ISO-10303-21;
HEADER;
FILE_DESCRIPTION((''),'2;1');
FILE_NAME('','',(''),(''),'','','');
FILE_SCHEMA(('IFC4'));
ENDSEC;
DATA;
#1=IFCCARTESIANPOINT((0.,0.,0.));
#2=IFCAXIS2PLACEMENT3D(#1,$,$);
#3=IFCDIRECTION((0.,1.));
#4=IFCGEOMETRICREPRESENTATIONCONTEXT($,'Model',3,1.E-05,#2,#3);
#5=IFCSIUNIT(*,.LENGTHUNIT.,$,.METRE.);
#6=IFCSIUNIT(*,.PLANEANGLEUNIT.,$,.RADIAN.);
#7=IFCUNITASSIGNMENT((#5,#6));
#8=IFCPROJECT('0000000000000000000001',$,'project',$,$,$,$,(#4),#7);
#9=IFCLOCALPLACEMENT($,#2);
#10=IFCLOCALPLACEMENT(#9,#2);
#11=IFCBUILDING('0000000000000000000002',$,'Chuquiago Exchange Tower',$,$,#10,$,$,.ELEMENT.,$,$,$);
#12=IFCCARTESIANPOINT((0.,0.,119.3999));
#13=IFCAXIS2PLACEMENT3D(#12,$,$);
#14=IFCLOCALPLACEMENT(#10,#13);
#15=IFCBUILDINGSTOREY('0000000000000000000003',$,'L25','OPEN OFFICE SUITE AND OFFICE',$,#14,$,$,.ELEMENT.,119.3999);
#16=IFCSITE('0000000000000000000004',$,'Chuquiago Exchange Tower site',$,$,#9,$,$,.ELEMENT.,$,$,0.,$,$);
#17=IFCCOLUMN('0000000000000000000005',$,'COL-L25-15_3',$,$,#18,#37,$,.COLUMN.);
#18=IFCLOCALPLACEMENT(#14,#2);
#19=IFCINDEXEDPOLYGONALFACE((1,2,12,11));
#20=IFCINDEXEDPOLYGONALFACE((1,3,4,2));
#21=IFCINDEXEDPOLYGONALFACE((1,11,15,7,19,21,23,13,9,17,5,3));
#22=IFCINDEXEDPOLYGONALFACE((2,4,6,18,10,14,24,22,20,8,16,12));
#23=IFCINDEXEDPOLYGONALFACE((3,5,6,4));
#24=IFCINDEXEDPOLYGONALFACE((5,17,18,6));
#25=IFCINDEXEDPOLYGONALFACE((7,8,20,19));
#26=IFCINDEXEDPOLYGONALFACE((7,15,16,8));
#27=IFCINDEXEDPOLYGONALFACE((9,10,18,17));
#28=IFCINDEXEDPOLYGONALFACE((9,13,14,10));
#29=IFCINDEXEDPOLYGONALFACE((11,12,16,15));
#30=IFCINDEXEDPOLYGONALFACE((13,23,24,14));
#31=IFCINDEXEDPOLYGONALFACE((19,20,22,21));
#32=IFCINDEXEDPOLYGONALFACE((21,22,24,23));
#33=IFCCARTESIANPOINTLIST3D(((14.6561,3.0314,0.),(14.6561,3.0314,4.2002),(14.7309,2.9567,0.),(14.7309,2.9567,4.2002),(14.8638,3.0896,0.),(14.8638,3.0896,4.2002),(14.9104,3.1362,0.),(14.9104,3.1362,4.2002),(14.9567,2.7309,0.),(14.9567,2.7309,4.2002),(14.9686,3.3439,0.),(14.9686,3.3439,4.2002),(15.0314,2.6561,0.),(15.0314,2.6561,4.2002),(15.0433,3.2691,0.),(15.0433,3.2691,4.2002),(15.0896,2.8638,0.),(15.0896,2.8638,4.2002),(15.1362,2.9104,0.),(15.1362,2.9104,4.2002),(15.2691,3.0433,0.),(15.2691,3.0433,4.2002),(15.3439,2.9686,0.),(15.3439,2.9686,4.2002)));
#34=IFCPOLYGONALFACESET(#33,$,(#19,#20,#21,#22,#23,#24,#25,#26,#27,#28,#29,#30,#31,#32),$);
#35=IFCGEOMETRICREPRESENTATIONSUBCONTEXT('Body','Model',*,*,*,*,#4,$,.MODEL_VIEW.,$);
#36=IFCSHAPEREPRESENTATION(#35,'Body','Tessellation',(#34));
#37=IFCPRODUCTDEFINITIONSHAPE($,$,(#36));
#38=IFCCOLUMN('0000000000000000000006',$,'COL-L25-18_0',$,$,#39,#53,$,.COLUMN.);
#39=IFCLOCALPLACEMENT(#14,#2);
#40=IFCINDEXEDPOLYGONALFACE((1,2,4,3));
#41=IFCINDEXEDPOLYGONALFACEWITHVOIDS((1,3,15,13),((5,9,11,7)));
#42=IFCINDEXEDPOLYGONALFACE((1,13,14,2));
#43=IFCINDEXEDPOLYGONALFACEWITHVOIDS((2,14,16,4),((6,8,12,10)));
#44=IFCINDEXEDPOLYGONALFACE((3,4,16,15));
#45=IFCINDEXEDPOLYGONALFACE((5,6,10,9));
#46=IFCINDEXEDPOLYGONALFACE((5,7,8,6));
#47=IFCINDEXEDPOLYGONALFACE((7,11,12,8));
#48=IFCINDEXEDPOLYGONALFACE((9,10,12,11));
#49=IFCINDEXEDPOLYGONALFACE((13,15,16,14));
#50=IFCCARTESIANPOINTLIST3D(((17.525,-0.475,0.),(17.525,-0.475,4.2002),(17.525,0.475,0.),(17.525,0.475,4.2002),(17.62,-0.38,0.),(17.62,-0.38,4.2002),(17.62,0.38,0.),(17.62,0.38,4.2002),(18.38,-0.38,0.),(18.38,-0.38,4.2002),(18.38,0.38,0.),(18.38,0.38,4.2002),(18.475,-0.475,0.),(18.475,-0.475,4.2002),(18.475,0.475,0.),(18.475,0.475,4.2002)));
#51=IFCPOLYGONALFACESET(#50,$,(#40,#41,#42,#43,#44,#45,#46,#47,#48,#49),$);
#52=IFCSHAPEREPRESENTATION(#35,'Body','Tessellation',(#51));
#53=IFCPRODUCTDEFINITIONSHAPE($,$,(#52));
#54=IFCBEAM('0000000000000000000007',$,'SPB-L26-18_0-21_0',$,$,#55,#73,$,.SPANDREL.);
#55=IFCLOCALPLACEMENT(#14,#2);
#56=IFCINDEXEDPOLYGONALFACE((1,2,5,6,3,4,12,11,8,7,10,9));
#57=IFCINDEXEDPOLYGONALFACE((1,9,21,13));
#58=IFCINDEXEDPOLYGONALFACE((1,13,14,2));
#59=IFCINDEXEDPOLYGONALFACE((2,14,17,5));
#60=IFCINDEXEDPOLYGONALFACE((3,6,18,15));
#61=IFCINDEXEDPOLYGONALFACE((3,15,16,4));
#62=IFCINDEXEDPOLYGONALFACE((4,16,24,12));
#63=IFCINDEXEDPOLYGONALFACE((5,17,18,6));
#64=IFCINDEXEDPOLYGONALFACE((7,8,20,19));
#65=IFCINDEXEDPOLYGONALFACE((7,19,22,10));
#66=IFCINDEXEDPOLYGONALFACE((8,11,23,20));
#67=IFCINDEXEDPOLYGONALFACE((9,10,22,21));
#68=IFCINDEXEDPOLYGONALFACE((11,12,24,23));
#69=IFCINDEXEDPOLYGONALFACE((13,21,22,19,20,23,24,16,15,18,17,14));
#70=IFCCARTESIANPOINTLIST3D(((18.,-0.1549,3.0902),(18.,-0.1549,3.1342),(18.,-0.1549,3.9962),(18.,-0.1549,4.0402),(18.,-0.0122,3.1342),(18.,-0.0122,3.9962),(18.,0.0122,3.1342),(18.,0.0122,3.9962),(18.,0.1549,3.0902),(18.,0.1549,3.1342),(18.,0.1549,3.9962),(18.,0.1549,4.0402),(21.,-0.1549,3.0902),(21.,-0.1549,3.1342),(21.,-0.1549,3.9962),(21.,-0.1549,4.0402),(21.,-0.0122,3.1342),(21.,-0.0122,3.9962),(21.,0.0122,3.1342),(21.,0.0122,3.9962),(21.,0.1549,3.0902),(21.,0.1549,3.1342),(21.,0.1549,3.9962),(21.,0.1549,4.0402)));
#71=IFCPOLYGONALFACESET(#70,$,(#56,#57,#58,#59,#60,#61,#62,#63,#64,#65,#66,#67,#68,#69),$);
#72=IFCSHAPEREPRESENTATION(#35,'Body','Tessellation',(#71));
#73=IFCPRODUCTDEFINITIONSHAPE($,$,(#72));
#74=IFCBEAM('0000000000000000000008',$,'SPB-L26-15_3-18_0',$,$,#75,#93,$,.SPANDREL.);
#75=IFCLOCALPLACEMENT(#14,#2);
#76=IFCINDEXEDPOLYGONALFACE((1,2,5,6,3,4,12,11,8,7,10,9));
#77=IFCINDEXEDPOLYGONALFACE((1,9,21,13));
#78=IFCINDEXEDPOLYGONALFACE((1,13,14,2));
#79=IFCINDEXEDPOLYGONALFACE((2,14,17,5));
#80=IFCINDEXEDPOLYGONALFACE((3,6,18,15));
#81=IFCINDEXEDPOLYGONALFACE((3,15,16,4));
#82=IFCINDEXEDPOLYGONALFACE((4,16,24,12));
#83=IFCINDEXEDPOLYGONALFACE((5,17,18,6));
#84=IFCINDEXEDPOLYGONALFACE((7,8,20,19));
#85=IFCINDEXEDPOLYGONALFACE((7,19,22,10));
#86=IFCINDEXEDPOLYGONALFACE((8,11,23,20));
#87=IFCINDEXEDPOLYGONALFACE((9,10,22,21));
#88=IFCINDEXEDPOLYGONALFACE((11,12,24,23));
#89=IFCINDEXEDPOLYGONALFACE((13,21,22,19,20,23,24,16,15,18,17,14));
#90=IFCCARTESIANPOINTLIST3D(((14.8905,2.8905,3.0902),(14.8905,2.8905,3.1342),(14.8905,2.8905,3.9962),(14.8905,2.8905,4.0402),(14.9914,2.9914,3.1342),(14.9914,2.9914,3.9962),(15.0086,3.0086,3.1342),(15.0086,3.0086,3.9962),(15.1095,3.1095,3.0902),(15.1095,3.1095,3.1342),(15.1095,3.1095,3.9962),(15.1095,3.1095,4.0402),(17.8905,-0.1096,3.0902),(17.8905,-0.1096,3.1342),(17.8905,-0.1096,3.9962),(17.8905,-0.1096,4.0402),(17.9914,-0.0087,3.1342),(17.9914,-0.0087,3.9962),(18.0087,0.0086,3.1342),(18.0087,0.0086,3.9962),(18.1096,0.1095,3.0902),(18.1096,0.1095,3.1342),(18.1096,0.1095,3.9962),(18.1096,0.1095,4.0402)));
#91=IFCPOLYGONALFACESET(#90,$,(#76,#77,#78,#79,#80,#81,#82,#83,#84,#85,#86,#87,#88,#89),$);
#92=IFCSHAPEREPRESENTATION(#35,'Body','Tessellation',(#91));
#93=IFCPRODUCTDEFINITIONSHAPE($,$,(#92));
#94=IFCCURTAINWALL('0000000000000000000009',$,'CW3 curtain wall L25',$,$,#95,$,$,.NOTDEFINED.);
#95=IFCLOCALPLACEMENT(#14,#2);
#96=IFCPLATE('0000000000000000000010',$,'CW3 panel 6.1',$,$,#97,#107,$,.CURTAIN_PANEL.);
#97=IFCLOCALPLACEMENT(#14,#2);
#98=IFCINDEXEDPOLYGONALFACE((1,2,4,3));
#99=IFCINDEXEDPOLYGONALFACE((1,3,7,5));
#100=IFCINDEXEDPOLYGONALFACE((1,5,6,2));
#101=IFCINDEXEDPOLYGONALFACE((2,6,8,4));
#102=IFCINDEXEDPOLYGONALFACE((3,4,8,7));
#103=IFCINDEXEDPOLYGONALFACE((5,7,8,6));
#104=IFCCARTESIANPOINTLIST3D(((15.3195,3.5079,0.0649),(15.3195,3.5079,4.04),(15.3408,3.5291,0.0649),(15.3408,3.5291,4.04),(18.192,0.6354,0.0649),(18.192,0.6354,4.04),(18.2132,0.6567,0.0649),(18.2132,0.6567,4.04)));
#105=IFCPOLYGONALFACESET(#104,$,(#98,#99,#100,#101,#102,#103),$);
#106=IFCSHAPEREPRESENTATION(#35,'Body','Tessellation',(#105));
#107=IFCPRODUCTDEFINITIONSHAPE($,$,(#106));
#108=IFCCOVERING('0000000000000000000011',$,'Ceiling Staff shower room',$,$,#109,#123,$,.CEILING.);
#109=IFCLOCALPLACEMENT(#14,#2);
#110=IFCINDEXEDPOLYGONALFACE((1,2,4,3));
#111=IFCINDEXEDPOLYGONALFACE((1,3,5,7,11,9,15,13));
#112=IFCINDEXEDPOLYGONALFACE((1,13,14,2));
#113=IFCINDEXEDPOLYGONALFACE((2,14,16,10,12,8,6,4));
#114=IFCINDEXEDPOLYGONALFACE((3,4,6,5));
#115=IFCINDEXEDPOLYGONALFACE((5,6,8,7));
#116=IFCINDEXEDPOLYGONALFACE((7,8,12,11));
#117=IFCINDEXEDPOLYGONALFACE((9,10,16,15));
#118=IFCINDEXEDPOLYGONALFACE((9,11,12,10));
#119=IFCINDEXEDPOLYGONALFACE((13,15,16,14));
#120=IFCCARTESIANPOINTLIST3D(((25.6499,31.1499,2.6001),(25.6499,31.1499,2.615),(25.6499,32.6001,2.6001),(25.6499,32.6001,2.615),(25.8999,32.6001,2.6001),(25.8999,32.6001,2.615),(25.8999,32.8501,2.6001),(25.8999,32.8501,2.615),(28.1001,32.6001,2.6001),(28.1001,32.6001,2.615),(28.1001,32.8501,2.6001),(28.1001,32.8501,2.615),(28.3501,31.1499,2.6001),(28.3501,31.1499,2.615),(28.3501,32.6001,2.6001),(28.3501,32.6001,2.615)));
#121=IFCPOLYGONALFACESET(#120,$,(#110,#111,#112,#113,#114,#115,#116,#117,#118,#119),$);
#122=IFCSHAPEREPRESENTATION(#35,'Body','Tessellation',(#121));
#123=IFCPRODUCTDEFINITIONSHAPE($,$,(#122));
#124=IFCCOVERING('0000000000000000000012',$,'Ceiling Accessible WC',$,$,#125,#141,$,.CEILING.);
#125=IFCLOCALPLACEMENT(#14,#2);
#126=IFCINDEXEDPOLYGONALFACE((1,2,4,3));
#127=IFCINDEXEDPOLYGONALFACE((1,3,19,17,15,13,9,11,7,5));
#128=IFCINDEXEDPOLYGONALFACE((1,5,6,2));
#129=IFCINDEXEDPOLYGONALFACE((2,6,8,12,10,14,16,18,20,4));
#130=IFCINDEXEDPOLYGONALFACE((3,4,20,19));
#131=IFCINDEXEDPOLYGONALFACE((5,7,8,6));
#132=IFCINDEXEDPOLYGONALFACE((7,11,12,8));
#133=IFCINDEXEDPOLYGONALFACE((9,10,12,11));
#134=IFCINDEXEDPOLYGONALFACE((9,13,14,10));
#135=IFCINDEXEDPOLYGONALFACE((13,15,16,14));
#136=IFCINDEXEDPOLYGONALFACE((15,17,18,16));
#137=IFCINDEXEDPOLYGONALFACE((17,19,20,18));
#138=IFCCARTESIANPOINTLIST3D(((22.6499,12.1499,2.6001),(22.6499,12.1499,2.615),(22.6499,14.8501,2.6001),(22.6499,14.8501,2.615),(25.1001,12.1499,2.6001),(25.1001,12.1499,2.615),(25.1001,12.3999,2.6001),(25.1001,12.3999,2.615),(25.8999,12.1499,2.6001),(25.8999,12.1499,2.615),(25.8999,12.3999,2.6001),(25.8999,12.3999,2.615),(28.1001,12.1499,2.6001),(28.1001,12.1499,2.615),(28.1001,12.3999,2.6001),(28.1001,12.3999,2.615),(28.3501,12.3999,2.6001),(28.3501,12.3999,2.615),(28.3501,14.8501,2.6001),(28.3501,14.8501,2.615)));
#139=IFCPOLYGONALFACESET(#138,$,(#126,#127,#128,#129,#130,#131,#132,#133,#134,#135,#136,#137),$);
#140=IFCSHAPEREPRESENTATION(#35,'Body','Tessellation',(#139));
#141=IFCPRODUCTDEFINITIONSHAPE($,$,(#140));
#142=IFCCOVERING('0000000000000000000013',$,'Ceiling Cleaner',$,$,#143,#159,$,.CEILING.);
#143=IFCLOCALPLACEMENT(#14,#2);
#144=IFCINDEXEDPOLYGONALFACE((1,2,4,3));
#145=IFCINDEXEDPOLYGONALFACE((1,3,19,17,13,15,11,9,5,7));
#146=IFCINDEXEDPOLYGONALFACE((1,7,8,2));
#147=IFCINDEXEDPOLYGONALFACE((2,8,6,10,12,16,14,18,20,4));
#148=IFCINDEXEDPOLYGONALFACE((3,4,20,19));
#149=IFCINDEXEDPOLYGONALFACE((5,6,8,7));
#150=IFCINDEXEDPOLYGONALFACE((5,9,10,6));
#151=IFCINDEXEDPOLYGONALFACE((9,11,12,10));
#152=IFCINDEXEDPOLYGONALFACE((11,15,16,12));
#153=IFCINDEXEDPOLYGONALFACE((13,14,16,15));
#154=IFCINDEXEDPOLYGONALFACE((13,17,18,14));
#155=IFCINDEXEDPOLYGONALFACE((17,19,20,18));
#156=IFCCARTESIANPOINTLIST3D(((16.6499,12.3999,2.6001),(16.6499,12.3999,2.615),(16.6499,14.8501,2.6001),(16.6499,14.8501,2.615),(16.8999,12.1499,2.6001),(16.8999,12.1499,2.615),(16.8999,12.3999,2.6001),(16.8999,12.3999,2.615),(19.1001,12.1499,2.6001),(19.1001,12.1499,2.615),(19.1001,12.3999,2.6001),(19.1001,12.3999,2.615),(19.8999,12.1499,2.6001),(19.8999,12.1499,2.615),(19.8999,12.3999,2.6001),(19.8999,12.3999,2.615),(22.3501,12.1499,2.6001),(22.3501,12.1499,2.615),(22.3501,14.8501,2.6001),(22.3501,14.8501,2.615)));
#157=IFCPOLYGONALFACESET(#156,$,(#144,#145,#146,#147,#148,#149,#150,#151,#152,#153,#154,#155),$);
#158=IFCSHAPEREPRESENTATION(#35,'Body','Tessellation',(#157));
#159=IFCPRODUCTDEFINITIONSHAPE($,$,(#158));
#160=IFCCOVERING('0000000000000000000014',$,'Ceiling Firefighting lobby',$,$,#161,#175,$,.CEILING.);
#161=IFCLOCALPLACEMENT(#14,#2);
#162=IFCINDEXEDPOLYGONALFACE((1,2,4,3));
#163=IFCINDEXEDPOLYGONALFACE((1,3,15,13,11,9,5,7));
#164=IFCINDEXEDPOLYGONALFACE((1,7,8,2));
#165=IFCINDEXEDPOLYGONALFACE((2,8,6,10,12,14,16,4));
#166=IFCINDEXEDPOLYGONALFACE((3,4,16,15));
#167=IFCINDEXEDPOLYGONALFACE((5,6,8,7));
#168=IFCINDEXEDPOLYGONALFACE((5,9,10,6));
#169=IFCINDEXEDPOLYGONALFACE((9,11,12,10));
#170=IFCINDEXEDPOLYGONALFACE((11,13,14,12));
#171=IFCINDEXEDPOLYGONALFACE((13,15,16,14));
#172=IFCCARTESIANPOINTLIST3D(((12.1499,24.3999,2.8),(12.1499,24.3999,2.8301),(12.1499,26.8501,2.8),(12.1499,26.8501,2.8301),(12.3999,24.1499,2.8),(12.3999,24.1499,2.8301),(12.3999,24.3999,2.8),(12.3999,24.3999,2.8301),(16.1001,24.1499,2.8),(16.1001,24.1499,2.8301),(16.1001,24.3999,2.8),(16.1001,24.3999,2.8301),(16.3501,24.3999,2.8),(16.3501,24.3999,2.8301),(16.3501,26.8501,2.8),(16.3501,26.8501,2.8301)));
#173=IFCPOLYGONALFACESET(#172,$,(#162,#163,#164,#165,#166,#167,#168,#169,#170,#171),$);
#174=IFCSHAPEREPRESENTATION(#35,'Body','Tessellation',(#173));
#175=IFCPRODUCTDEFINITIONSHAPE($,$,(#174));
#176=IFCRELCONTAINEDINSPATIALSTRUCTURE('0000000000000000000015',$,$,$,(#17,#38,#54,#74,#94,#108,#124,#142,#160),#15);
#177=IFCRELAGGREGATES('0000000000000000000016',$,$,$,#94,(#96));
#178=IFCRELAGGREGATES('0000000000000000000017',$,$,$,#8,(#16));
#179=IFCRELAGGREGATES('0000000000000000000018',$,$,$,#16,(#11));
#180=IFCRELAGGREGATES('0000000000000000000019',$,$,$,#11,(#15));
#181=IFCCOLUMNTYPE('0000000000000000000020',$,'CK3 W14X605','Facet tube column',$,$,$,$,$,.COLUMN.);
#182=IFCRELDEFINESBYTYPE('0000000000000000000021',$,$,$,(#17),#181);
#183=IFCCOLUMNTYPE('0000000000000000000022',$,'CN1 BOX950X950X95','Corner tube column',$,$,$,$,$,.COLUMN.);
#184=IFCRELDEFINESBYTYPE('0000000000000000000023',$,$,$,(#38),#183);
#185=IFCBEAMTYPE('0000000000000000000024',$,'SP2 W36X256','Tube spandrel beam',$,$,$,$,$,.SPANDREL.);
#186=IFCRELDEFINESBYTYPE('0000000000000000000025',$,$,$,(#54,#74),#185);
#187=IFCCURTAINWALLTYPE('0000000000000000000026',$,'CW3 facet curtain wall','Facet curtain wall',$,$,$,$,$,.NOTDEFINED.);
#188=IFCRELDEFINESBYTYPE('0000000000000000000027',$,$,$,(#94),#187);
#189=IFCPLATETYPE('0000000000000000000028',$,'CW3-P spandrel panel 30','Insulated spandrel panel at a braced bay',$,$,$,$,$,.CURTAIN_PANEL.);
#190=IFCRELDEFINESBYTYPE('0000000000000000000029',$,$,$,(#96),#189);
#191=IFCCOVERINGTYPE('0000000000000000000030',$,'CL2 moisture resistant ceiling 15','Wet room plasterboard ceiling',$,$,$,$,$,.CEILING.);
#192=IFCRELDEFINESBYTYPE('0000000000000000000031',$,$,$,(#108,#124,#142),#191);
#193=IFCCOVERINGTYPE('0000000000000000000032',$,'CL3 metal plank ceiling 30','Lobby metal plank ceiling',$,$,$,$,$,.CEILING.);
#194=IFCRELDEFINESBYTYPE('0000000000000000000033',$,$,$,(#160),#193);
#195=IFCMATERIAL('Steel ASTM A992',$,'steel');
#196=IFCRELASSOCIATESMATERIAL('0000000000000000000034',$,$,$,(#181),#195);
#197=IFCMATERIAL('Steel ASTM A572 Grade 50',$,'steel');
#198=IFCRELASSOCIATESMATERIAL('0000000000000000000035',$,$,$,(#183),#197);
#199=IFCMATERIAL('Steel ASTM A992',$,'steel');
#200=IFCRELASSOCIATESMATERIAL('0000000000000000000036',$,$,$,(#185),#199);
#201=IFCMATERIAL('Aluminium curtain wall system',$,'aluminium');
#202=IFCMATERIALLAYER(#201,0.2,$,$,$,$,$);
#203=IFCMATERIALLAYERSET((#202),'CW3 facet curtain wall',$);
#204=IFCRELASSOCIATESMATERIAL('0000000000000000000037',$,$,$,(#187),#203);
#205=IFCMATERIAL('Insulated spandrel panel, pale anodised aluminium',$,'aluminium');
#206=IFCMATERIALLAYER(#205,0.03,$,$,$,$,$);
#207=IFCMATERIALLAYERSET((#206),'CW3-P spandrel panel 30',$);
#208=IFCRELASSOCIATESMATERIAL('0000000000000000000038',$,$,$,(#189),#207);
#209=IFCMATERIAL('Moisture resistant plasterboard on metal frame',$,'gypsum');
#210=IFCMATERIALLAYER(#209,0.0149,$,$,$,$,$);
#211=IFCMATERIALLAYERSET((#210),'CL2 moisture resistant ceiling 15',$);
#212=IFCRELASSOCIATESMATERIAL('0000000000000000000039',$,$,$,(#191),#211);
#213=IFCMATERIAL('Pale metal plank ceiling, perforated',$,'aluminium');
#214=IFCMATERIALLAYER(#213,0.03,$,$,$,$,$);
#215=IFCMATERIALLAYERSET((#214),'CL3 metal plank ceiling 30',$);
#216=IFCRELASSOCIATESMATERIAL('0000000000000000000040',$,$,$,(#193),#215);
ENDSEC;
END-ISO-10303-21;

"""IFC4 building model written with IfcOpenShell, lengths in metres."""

from ifc_helpers import new_model, si_unit, direction, frame, origin, origin_2d, place, context, subcontext, project, spatial, polyline, rectangle, hollow_rectangle, i_section, outline, extrude, material, layer, layer_set, material_profile, profile_set, type_object, element, aggregate, save


model = new_model("IFC4")

# Units and contexts
model_context = context("Model", 3, precision=1e-05, world=origin(), true_north=direction((0.0, 1.0)))
body_context = subcontext(model_context, "Body", "Model", "MODEL_VIEW")
ifc_project = project(units=[si_unit("LENGTHUNIT", "METRE"), si_unit("PLANEANGLEUNIT", "RADIAN")], contexts=[model_context])

# Site, building, storey
site_placement = place(None, origin())
site = spatial("IfcSite", under=ifc_project, at=site_placement, Name="Chuquiago Exchange Tower site", CompositionType="ELEMENT", RefElevation=0.0)
building_placement = place(site_placement, origin())
building = spatial("IfcBuilding", under=site, at=building_placement, Name="Chuquiago Exchange Tower", CompositionType="ELEMENT")
storey_placement = place(building_placement, frame((0.0, 0.0, 119.3999)))
storey = spatial("IfcBuildingStorey", under=building, at=storey_placement, Name="L25", Description="OPEN OFFICE SUITE AND OFFICE", CompositionType="ELEMENT", Elevation=119.3999)

# Columns
ifc_material_1 = material(Name="Steel ASTM A992", Category="steel")
ifc_material_profile_1 = material_profile(ifc_material_1, i_section(OverallWidth=0.4419, OverallDepth=0.5308, WebThickness=0.0659, FlangeThickness=0.1057, at=origin_2d()), Name="W14X605")
ifc_profile_set_1 = profile_set([ifc_material_profile_1], Name="Steel ASTM A992")
column_type_1 = type_object("IfcColumnType", Name="CK3 W14X605", Description="Facet tube column", PredefinedType="COLUMN", material=ifc_profile_set_1)
column_1_placement = place(storey_placement, frame((15.0, 3.0, 0.0), z_axis=(0.0, 0.0, 1.0), x_axis=(-0.707107, -0.707107, 0.0)))
element("IfcColumn", 1, at=column_1_placement, inside=storey, type_object=column_type_1, Name="COL-L25-15_3", PredefinedType="COLUMN", context=body_context, shape_type="SweptSolid", body=[
    extrude(i_section(OverallWidth=0.4419, OverallDepth=0.5308, WebThickness=0.0659, FlangeThickness=0.1057, at=origin_2d()), origin(), (0.0, 0.0, 1.0), 4.2002),
])
ifc_material_2 = material(Name="Steel ASTM A572 Grade 50", Category="steel")
ifc_material_profile_2 = material_profile(ifc_material_2, hollow_rectangle(XDim=0.95, YDim=0.95, WallThickness=0.095, at=origin_2d()), Name="BOX950X950X95")
ifc_profile_set_2 = profile_set([ifc_material_profile_2], Name="Steel ASTM A572 Grade 50")
column_type_2 = type_object("IfcColumnType", Name="CN1 BOX950X950X95", Description="Corner tube column", PredefinedType="COLUMN", material=ifc_profile_set_2)
column_2_placement = place(storey_placement, frame((18.0, 0.0, 0.0), z_axis=(0.0, 0.0, 1.0), x_axis=(0.0, -1.0, 0.0)))
element("IfcColumn", 2, at=column_2_placement, inside=storey, type_object=column_type_2, Name="COL-L25-18_0", PredefinedType="COLUMN", context=body_context, shape_type="SweptSolid", body=[
    extrude(hollow_rectangle(XDim=0.95, YDim=0.95, WallThickness=0.095, at=origin_2d()), origin(), (0.0, 0.0, 1.0), 4.2002),
])

# Beams
ifc_material_3 = material(Name="Steel ASTM A992", Category="steel")
ifc_material_profile_3 = material_profile(ifc_material_3, i_section(OverallWidth=0.3098, OverallDepth=0.95, WebThickness=0.0244, FlangeThickness=0.0439, at=origin_2d()), Name="W36X256")
ifc_profile_set_3 = profile_set([ifc_material_profile_3], Name="Steel ASTM A992")
beam_type = type_object("IfcBeamType", Name="SP2 W36X256", Description="Tube spandrel beam", PredefinedType="SPANDREL", material=ifc_profile_set_3)
beam_1_placement = place(storey_placement, frame((18.0, 0.0, 3.5652), z_axis=(1.0, 0.0, 0.0), x_axis=(0.0, 1.0, 0.0)))
element("IfcBeam", 3, at=beam_1_placement, inside=storey, type_object=beam_type, Name="SPB-L26-18_0-21_0", PredefinedType="SPANDREL", context=body_context, shape_type="SweptSolid", body=[
    extrude(i_section(OverallWidth=0.3098, OverallDepth=0.95, WebThickness=0.0244, FlangeThickness=0.0439, at=origin_2d()), origin(), (0.0, 0.0, 1.0), 3.0),
])
beam_2_placement = place(storey_placement, frame((15.0, 3.0, 3.5652), z_axis=(0.707107, -0.707107, 0.0), x_axis=(0.707107, 0.707107, 0.0)))
element("IfcBeam", 4, at=beam_2_placement, inside=storey, type_object=beam_type, Name="SPB-L26-15_3-18_0", PredefinedType="SPANDREL", context=body_context, shape_type="SweptSolid", body=[
    extrude(i_section(OverallWidth=0.3098, OverallDepth=0.95, WebThickness=0.0244, FlangeThickness=0.0439, at=origin_2d()), origin(), (0.0, 0.0, 1.0), 4.2427),
])

# Curtain wall, plate
ifc_material_4 = material(Name="Aluminium curtain wall system", Category="aluminium")
ifc_layer_1 = layer(ifc_material_4, 0.2)
ifc_layer_set_1 = layer_set([ifc_layer_1], Name="CW3 facet curtain wall")
curtain_wall_type = type_object("IfcCurtainWallType", Name="CW3 facet curtain wall", Description="Facet curtain wall", PredefinedType="NOTDEFINED", material=ifc_layer_set_1)
curtain_wall_placement = place(storey_placement, origin())
curtain_wall = element("IfcCurtainWall", 5, at=curtain_wall_placement, inside=storey, type_object=curtain_wall_type, Name="CW3 curtain wall L25", PredefinedType="NOTDEFINED")
ifc_material_5 = material(Name="Insulated spandrel panel, pale anodised aluminium", Category="aluminium")
ifc_layer_2 = layer(ifc_material_5, 0.03)
ifc_layer_set_2 = layer_set([ifc_layer_2], Name="CW3-P spandrel panel 30")
plate_type = type_object("IfcPlateType", Name="CW3-P spandrel panel 30", Description="Insulated spandrel panel at a braced bay", PredefinedType="CURTAIN_PANEL", material=ifc_layer_set_2)
plate_placement = place(storey_placement, frame((16.7664, 2.0823, 0.0649), z_axis=(0.0, 0.0, 1.0), x_axis=(0.707107, -0.707107, 0.0)))
plate = element("IfcPlate", 6, at=plate_placement, type_object=plate_type, Name="CW3 panel 6.1", PredefinedType="CURTAIN_PANEL", context=body_context, shape_type="SweptSolid", body=[
    extrude(rectangle(XDim=4.0623, YDim=0.03, at=origin_2d()), origin(), (0.0, 0.0, 1.0), 3.9751),
])
aggregate(curtain_wall, [plate])

# Coverings
ifc_material_6 = material(Name="Moisture resistant plasterboard on metal frame", Category="gypsum")
ifc_layer_3 = layer(ifc_material_6, 0.0149)
ifc_layer_set_3 = layer_set([ifc_layer_3], Name="CL2 moisture resistant ceiling 15")
covering_type_1 = type_object("IfcCoveringType", Name="CL2 moisture resistant ceiling 15", Description="Wet room plasterboard ceiling", PredefinedType="CEILING", material=ifc_layer_set_3)
covering_1_placement = place(storey_placement, frame((0.0, 0.0, 2.6001)))
element("IfcCovering", 7, at=covering_1_placement, inside=storey, type_object=covering_type_1, Name="Ceiling Staff shower room", PredefinedType="CEILING", context=body_context, shape_type="SweptSolid", body=[
    extrude(outline(polyline([(25.6499, 31.1499), (25.6499, 32.6001), (25.8999, 32.6001), (25.8999, 32.8501), (28.1001, 32.8501), (28.1001, 32.6001), (28.3501, 32.6001), (28.3501, 31.1499), (25.6499, 31.1499)])), origin(), (0.0, 0.0, 1.0), 0.0149),
])
covering_2_placement = place(storey_placement, frame((0.0, 0.0, 2.6001)))
element("IfcCovering", 8, at=covering_2_placement, inside=storey, type_object=covering_type_1, Name="Ceiling Accessible WC", PredefinedType="CEILING", context=body_context, shape_type="SweptSolid", body=[
    extrude(outline(polyline([(25.8999, 12.1499), (25.8999, 12.3999), (25.1001, 12.3999), (25.1001, 12.1499), (22.6499, 12.1499), (22.6499, 14.8501), (28.3501, 14.8501), (28.3501, 12.3999), (28.1001, 12.3999), (28.1001, 12.1499), (25.8999, 12.1499)])), origin(), (0.0, 0.0, 1.0), 0.0149),
])
covering_3_placement = place(storey_placement, frame((0.0, 0.0, 2.6001)))
element("IfcCovering", 9, at=covering_3_placement, inside=storey, type_object=covering_type_1, Name="Ceiling Cleaner", PredefinedType="CEILING", context=body_context, shape_type="SweptSolid", body=[
    extrude(outline(polyline([(19.8999, 12.1499), (19.8999, 12.3999), (19.1001, 12.3999), (19.1001, 12.1499), (16.8999, 12.1499), (16.8999, 12.3999), (16.6499, 12.3999), (16.6499, 14.8501), (22.3501, 14.8501), (22.3501, 12.1499), (19.8999, 12.1499)])), origin(), (0.0, 0.0, 1.0), 0.0149),
])
ifc_material_7 = material(Name="Pale metal plank ceiling, perforated", Category="aluminium")
ifc_layer_4 = layer(ifc_material_7, 0.03)
ifc_layer_set_4 = layer_set([ifc_layer_4], Name="CL3 metal plank ceiling 30")
covering_type_2 = type_object("IfcCoveringType", Name="CL3 metal plank ceiling 30", Description="Lobby metal plank ceiling", PredefinedType="CEILING", material=ifc_layer_set_4)
covering_4_placement = place(storey_placement, frame((0.0, 0.0, 2.8)))
element("IfcCovering", 10, at=covering_4_placement, inside=storey, type_object=covering_type_2, Name="Ceiling Firefighting lobby", PredefinedType="CEILING", context=body_context, shape_type="SweptSolid", body=[
    extrude(outline(polyline([(12.3999, 24.1499), (12.3999, 24.3999), (12.1499, 24.3999), (12.1499, 26.8501), (16.3501, 26.8501), (16.3501, 24.3999), (16.1001, 24.3999), (16.1001, 24.1499), (12.3999, 24.1499)])), origin(), (0.0, 0.0, 1.0), 0.03),
])

save(model, "model.ifc")
